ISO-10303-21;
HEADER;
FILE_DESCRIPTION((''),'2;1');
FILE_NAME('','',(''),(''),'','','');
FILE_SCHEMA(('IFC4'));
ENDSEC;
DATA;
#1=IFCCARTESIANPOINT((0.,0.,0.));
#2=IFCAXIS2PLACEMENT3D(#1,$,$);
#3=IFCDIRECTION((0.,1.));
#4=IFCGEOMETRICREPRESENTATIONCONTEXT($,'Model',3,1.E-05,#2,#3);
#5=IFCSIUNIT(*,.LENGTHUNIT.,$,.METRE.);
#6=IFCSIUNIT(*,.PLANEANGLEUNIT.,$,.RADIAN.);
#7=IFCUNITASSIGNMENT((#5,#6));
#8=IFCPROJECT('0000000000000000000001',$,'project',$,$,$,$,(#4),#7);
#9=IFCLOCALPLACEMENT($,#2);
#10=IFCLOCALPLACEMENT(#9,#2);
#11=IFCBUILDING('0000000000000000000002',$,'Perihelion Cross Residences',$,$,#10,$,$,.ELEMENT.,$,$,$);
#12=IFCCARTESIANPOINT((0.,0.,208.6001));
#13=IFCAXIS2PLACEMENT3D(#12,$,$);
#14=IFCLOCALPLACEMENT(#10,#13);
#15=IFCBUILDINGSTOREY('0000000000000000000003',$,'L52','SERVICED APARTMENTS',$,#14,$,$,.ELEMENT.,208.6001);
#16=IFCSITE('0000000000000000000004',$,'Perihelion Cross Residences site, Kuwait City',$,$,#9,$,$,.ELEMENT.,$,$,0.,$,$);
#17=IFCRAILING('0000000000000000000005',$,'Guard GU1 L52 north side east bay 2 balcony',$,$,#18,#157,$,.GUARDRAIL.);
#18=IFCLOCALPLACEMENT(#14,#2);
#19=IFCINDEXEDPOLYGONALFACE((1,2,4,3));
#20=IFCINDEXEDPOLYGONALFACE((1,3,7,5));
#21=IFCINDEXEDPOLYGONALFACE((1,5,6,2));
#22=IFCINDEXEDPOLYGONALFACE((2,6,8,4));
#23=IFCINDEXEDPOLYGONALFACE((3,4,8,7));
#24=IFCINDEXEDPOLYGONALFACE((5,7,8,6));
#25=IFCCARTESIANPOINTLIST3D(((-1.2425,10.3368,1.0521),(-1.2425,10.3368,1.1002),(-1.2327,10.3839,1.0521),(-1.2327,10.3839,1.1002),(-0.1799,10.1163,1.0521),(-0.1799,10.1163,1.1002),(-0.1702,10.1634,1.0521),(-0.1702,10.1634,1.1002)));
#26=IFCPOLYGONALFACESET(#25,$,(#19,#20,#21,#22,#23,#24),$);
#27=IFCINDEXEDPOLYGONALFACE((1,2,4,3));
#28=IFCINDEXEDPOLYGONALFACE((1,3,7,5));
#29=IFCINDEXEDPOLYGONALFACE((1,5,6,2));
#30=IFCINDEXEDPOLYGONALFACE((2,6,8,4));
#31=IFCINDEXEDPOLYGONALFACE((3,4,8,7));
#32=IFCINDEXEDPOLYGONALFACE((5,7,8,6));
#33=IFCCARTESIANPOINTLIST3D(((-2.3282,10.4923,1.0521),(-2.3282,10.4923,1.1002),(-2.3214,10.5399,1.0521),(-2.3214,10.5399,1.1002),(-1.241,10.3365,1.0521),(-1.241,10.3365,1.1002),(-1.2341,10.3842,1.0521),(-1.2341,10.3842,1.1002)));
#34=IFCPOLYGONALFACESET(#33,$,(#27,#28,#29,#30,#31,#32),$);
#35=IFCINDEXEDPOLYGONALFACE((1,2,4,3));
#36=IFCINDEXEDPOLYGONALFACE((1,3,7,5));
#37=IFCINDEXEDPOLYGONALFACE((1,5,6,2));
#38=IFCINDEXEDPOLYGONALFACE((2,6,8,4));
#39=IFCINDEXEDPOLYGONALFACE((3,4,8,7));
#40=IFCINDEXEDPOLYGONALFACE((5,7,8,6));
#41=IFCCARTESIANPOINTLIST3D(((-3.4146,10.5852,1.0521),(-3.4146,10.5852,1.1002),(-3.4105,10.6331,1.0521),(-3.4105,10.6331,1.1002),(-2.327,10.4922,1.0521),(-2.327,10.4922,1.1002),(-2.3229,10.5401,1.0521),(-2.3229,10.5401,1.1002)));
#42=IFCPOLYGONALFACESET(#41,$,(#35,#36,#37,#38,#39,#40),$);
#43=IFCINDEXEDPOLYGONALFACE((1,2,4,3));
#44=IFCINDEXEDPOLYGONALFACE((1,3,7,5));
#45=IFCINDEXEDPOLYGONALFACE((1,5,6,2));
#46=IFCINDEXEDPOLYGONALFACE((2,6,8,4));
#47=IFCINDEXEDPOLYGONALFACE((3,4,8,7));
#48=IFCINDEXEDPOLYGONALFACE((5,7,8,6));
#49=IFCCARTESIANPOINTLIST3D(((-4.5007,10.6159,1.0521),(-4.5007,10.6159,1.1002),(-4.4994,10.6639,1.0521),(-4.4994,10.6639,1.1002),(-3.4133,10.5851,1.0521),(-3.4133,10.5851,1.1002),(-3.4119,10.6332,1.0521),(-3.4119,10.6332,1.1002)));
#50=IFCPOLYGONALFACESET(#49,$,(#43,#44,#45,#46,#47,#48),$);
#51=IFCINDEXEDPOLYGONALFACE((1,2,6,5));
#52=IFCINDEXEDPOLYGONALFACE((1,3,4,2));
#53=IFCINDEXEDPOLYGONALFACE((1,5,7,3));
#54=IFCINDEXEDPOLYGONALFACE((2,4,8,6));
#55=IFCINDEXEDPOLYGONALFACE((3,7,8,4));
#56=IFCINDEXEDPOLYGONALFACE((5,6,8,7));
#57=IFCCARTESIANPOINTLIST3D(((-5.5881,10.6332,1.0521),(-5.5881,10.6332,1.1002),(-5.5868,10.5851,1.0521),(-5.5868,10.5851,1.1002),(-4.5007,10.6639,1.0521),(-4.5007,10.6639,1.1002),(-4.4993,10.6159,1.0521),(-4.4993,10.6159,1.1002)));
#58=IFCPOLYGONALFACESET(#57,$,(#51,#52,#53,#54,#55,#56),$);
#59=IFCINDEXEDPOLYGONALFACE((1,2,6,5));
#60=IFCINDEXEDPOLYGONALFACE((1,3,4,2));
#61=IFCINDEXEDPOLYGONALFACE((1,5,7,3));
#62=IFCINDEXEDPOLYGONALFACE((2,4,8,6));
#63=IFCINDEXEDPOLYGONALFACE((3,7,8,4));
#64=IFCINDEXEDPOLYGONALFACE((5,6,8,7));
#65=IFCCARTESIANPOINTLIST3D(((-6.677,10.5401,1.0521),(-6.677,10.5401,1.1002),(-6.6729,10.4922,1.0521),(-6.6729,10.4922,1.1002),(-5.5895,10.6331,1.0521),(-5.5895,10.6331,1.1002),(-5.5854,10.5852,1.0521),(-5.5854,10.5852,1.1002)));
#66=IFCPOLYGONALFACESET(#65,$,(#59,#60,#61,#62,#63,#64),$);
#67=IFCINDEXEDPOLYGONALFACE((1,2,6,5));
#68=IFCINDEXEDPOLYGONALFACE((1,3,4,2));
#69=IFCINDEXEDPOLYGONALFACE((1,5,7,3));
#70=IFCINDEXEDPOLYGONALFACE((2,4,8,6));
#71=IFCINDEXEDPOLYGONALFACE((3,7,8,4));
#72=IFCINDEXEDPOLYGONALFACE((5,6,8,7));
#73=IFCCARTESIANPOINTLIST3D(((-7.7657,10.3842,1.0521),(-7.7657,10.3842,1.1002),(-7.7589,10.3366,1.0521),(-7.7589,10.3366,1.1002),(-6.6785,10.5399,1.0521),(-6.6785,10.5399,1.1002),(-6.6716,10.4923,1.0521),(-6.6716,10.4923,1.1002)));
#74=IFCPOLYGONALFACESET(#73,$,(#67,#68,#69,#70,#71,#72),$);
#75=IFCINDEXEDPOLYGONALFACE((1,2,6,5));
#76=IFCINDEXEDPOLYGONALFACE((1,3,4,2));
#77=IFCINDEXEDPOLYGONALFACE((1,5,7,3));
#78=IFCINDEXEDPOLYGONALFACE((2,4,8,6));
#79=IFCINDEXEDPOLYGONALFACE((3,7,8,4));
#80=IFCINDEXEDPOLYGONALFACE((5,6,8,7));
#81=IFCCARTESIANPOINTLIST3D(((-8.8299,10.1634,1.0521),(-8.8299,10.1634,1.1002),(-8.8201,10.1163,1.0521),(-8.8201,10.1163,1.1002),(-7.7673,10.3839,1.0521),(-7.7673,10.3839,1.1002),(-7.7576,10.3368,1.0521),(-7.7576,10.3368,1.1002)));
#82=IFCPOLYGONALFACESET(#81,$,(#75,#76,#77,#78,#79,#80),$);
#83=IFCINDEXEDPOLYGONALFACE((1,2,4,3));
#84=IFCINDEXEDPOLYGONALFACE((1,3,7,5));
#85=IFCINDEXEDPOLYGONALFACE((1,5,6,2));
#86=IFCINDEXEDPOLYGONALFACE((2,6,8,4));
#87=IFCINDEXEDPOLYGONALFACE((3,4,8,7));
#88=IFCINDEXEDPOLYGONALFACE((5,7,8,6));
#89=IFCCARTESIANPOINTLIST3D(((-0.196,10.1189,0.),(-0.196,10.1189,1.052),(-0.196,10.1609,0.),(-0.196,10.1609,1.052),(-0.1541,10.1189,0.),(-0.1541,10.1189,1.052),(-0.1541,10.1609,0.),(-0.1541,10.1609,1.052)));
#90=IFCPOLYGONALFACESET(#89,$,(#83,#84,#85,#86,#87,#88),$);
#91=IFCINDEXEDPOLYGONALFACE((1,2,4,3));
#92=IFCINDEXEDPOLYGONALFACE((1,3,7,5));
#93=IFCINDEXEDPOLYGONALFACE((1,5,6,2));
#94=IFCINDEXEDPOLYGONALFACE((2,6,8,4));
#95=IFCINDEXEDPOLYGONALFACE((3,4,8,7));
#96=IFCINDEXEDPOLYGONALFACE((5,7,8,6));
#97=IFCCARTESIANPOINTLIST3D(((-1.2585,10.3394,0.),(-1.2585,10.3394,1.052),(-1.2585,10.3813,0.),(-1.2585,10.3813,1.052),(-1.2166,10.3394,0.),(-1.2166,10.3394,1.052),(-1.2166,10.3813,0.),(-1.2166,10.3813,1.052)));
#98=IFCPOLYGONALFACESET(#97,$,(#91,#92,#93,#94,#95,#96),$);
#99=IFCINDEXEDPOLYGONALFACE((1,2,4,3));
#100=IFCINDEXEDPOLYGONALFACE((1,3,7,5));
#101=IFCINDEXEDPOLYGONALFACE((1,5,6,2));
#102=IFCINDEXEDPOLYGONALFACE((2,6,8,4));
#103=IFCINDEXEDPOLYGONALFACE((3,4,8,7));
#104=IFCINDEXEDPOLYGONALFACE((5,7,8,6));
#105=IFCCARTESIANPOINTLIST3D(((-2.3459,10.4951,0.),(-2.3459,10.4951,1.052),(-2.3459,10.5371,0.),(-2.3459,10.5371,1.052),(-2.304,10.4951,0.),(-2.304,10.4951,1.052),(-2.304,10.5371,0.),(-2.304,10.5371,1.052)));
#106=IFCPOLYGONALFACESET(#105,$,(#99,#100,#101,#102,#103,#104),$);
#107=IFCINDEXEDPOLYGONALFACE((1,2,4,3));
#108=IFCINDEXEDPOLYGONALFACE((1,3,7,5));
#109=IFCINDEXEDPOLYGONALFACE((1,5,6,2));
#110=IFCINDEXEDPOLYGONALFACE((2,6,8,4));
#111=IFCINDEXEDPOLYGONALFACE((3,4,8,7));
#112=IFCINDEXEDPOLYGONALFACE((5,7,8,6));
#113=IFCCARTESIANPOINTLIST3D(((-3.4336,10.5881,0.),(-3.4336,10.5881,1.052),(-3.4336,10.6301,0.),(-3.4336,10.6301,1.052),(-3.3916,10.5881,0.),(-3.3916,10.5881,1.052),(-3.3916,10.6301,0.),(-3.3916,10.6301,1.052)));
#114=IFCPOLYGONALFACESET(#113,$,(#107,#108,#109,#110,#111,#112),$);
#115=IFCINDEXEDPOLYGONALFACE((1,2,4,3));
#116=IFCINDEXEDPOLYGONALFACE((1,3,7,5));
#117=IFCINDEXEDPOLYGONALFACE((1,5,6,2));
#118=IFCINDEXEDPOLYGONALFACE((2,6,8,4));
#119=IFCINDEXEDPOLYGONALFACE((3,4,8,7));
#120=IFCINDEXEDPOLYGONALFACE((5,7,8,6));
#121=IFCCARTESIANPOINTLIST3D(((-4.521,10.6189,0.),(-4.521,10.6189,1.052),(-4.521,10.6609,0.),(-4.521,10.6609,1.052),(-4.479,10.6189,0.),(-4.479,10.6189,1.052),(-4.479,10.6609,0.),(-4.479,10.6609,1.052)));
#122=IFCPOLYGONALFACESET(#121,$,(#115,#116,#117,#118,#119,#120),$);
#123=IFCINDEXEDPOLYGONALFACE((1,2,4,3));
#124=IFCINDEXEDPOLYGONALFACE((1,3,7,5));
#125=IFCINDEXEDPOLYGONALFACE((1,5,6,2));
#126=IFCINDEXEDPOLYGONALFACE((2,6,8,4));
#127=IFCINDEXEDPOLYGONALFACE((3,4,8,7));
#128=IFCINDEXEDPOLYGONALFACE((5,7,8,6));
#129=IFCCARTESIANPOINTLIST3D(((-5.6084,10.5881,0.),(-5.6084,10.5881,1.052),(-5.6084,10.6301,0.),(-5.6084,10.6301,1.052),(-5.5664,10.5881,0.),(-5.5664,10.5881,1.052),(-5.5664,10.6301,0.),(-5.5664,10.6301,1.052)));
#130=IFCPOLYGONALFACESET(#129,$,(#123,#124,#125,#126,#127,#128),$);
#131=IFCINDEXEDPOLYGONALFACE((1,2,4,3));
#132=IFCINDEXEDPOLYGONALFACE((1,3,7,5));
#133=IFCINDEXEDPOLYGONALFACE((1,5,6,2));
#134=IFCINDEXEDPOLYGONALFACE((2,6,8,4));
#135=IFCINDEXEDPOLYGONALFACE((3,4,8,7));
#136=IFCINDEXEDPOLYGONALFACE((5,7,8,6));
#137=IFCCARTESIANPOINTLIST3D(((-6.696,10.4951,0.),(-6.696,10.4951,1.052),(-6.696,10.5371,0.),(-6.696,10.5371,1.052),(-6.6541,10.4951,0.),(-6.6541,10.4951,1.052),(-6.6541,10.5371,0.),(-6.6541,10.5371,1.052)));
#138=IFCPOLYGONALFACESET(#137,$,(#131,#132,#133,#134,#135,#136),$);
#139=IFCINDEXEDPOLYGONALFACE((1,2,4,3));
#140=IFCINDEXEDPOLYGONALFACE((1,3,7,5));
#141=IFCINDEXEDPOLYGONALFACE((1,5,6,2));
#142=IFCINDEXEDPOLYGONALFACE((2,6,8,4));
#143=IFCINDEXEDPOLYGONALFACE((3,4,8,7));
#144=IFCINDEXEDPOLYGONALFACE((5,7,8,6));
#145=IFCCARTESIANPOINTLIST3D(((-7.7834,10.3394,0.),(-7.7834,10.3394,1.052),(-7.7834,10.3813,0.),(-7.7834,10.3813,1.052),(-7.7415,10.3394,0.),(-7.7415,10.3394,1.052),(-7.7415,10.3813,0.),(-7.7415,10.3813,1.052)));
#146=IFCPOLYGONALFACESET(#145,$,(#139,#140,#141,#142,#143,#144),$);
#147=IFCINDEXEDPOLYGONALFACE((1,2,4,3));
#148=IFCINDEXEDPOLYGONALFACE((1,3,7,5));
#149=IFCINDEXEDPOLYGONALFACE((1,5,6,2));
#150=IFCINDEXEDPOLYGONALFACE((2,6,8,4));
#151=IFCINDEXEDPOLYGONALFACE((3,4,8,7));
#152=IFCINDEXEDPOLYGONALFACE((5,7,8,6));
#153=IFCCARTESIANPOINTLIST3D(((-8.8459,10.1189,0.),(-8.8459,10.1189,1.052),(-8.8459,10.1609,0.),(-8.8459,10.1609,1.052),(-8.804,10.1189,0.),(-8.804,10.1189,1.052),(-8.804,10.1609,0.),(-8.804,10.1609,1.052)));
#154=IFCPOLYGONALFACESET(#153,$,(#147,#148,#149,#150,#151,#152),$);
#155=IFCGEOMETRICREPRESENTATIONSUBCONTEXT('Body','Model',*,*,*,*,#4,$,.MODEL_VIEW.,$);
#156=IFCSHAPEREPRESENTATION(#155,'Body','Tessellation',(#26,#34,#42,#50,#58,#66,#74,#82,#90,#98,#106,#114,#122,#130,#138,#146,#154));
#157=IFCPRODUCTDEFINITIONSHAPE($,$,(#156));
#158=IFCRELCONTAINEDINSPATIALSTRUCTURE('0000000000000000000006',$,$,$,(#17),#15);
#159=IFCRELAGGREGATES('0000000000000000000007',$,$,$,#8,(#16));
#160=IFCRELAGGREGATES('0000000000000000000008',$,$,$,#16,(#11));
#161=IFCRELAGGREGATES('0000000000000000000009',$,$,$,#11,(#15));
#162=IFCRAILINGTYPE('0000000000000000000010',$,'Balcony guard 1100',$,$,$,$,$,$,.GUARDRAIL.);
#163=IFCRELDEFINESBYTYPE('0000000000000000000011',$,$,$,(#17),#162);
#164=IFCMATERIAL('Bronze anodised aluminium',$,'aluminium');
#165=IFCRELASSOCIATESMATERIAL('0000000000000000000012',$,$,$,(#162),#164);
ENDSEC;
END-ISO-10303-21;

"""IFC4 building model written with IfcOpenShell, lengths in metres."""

from ifc_helpers import new_model, si_unit, direction, frame, origin, origin_2d, place, context, subcontext, project, spatial, rectangle, extrude, material, type_object, element, save


model = new_model("IFC4")

# Units and contexts
model_context = context("Model", 3, precision=1e-05, world=origin(), true_north=direction((0.0, 1.0)))
body_context = subcontext(model_context, "Body", "Model", "MODEL_VIEW")
ifc_project = project(units=[si_unit("LENGTHUNIT", "METRE"), si_unit("PLANEANGLEUNIT", "RADIAN")], contexts=[model_context])

# Site, building, storey
site_placement = place(None, origin())
site = spatial("IfcSite", under=ifc_project, at=site_placement, Name="Perihelion Cross Residences site, Kuwait City", CompositionType="ELEMENT", RefElevation=0.0)
building_placement = place(site_placement, origin())
building = spatial("IfcBuilding", under=site, at=building_placement, Name="Perihelion Cross Residences", CompositionType="ELEMENT")
storey_placement = place(building_placement, frame((0.0, 0.0, 208.6001)))
storey = spatial("IfcBuildingStorey", under=building, at=storey_placement, Name="L52", Description="SERVICED APARTMENTS", CompositionType="ELEMENT", Elevation=208.6001)

# Railing
ifc_material_1 = material(Name="Bronze anodised aluminium", Category="aluminium")
railing_type = type_object("IfcRailingType", Name="Balcony guard 1100", PredefinedType="GUARDRAIL", material=ifc_material_1)
railing_1_placement = place(storey_placement, frame((-0.175, 10.1399, 0.0)))
element("IfcRailing", 1, at=railing_1_placement, inside=storey, type_object=railing_type, Name="Guard GU1 L52 north side east bay 2 balcony", PredefinedType="GUARDRAIL", context=body_context, shape_type="SweptSolid", body=[
    extrude(rectangle(XDim=0.0481, YDim=0.0481, at=origin_2d()), frame((0.0, 0.0, 1.0762), z_axis=(-0.979145, 0.203164, 0.0), x_axis=(-0.203164, -0.979145, 0.0)), (0.0, 0.0, 1.0), 1.0852),
    extrude(rectangle(XDim=0.0481, YDim=0.0481, at=origin_2d()), frame((-1.0625, 0.2205, 1.0762), z_axis=(-0.989896, 0.141795, 0.0), x_axis=(-0.141795, -0.989896, 0.0)), (0.0, 0.0, 1.0), 1.0984),
    extrude(rectangle(XDim=0.0481, YDim=0.0481, at=origin_2d()), frame((-2.1499, 0.3762, 1.0762), z_axis=(-0.996363, 0.085211, 0.0), x_axis=(-0.085211, -0.996363, 0.0)), (0.0, 0.0, 1.0), 1.0916),
    extrude(rectangle(XDim=0.0481, YDim=0.0481, at=origin_2d()), frame((-3.2375, 0.4692, 1.0762), z_axis=(-0.9996, 0.028278, 0.0), x_axis=(-0.028278, -0.9996, 0.0)), (0.0, 0.0, 1.0), 1.0879),
    extrude(rectangle(XDim=0.0481, YDim=0.0481, at=origin_2d()), frame((-4.325, 0.5, 1.0762), z_axis=(-0.9996, -0.028278, 0.0), x_axis=(0.028278, -0.9996, 0.0)), (0.0, 0.0, 1.0), 1.0879),
    extrude(rectangle(XDim=0.0481, YDim=0.0481, at=origin_2d()), frame((-5.4124, 0.4692, 1.0762), z_axis=(-0.996363, -0.085211, 0.0), x_axis=(0.085211, -0.996363, 0.0)), (0.0, 0.0, 1.0), 1.0916),
    extrude(rectangle(XDim=0.0481, YDim=0.0481, at=origin_2d()), frame((-6.5, 0.3762, 1.0762), z_axis=(-0.989896, -0.141795, 0.0), x_axis=(0.141795, -0.989896, 0.0)), (0.0, 0.0, 1.0), 1.0984),
    extrude(rectangle(XDim=0.0481, YDim=0.0481, at=origin_2d()), frame((-7.5874, 0.2205, 1.0762), z_axis=(-0.979145, -0.203164, 0.0), x_axis=(0.203164, -0.979145, 0.0)), (0.0, 0.0, 1.0), 1.0852),
    extrude(rectangle(XDim=0.042, YDim=0.042, at=origin_2d()), origin(), (0.0, 0.0, 1.0), 1.052),
    extrude(rectangle(XDim=0.042, YDim=0.042, at=origin_2d()), frame((-1.0625, 0.2205, 0.0)), (0.0, 0.0, 1.0), 1.052),
    extrude(rectangle(XDim=0.042, YDim=0.042, at=origin_2d()), frame((-2.1499, 0.3762, 0.0)), (0.0, 0.0, 1.0), 1.052),
    extrude(rectangle(XDim=0.042, YDim=0.042, at=origin_2d()), frame((-3.2375, 0.4692, 0.0)), (0.0, 0.0, 1.0), 1.052),
    extrude(rectangle(XDim=0.042, YDim=0.042, at=origin_2d()), frame((-4.325, 0.5, 0.0)), (0.0, 0.0, 1.0), 1.052),
    extrude(rectangle(XDim=0.042, YDim=0.042, at=origin_2d()), frame((-5.4124, 0.4692, 0.0)), (0.0, 0.0, 1.0), 1.052),
    extrude(rectangle(XDim=0.042, YDim=0.042, at=origin_2d()), frame((-6.5, 0.3762, 0.0)), (0.0, 0.0, 1.0), 1.052),
    extrude(rectangle(XDim=0.042, YDim=0.042, at=origin_2d()), frame((-7.5874, 0.2205, 0.0)), (0.0, 0.0, 1.0), 1.052),
    extrude(rectangle(XDim=0.042, YDim=0.042, at=origin_2d()), frame((-8.6499, 0.0, 0.0)), (0.0, 0.0, 1.0), 1.052),
])

save(model, "model.ifc")
